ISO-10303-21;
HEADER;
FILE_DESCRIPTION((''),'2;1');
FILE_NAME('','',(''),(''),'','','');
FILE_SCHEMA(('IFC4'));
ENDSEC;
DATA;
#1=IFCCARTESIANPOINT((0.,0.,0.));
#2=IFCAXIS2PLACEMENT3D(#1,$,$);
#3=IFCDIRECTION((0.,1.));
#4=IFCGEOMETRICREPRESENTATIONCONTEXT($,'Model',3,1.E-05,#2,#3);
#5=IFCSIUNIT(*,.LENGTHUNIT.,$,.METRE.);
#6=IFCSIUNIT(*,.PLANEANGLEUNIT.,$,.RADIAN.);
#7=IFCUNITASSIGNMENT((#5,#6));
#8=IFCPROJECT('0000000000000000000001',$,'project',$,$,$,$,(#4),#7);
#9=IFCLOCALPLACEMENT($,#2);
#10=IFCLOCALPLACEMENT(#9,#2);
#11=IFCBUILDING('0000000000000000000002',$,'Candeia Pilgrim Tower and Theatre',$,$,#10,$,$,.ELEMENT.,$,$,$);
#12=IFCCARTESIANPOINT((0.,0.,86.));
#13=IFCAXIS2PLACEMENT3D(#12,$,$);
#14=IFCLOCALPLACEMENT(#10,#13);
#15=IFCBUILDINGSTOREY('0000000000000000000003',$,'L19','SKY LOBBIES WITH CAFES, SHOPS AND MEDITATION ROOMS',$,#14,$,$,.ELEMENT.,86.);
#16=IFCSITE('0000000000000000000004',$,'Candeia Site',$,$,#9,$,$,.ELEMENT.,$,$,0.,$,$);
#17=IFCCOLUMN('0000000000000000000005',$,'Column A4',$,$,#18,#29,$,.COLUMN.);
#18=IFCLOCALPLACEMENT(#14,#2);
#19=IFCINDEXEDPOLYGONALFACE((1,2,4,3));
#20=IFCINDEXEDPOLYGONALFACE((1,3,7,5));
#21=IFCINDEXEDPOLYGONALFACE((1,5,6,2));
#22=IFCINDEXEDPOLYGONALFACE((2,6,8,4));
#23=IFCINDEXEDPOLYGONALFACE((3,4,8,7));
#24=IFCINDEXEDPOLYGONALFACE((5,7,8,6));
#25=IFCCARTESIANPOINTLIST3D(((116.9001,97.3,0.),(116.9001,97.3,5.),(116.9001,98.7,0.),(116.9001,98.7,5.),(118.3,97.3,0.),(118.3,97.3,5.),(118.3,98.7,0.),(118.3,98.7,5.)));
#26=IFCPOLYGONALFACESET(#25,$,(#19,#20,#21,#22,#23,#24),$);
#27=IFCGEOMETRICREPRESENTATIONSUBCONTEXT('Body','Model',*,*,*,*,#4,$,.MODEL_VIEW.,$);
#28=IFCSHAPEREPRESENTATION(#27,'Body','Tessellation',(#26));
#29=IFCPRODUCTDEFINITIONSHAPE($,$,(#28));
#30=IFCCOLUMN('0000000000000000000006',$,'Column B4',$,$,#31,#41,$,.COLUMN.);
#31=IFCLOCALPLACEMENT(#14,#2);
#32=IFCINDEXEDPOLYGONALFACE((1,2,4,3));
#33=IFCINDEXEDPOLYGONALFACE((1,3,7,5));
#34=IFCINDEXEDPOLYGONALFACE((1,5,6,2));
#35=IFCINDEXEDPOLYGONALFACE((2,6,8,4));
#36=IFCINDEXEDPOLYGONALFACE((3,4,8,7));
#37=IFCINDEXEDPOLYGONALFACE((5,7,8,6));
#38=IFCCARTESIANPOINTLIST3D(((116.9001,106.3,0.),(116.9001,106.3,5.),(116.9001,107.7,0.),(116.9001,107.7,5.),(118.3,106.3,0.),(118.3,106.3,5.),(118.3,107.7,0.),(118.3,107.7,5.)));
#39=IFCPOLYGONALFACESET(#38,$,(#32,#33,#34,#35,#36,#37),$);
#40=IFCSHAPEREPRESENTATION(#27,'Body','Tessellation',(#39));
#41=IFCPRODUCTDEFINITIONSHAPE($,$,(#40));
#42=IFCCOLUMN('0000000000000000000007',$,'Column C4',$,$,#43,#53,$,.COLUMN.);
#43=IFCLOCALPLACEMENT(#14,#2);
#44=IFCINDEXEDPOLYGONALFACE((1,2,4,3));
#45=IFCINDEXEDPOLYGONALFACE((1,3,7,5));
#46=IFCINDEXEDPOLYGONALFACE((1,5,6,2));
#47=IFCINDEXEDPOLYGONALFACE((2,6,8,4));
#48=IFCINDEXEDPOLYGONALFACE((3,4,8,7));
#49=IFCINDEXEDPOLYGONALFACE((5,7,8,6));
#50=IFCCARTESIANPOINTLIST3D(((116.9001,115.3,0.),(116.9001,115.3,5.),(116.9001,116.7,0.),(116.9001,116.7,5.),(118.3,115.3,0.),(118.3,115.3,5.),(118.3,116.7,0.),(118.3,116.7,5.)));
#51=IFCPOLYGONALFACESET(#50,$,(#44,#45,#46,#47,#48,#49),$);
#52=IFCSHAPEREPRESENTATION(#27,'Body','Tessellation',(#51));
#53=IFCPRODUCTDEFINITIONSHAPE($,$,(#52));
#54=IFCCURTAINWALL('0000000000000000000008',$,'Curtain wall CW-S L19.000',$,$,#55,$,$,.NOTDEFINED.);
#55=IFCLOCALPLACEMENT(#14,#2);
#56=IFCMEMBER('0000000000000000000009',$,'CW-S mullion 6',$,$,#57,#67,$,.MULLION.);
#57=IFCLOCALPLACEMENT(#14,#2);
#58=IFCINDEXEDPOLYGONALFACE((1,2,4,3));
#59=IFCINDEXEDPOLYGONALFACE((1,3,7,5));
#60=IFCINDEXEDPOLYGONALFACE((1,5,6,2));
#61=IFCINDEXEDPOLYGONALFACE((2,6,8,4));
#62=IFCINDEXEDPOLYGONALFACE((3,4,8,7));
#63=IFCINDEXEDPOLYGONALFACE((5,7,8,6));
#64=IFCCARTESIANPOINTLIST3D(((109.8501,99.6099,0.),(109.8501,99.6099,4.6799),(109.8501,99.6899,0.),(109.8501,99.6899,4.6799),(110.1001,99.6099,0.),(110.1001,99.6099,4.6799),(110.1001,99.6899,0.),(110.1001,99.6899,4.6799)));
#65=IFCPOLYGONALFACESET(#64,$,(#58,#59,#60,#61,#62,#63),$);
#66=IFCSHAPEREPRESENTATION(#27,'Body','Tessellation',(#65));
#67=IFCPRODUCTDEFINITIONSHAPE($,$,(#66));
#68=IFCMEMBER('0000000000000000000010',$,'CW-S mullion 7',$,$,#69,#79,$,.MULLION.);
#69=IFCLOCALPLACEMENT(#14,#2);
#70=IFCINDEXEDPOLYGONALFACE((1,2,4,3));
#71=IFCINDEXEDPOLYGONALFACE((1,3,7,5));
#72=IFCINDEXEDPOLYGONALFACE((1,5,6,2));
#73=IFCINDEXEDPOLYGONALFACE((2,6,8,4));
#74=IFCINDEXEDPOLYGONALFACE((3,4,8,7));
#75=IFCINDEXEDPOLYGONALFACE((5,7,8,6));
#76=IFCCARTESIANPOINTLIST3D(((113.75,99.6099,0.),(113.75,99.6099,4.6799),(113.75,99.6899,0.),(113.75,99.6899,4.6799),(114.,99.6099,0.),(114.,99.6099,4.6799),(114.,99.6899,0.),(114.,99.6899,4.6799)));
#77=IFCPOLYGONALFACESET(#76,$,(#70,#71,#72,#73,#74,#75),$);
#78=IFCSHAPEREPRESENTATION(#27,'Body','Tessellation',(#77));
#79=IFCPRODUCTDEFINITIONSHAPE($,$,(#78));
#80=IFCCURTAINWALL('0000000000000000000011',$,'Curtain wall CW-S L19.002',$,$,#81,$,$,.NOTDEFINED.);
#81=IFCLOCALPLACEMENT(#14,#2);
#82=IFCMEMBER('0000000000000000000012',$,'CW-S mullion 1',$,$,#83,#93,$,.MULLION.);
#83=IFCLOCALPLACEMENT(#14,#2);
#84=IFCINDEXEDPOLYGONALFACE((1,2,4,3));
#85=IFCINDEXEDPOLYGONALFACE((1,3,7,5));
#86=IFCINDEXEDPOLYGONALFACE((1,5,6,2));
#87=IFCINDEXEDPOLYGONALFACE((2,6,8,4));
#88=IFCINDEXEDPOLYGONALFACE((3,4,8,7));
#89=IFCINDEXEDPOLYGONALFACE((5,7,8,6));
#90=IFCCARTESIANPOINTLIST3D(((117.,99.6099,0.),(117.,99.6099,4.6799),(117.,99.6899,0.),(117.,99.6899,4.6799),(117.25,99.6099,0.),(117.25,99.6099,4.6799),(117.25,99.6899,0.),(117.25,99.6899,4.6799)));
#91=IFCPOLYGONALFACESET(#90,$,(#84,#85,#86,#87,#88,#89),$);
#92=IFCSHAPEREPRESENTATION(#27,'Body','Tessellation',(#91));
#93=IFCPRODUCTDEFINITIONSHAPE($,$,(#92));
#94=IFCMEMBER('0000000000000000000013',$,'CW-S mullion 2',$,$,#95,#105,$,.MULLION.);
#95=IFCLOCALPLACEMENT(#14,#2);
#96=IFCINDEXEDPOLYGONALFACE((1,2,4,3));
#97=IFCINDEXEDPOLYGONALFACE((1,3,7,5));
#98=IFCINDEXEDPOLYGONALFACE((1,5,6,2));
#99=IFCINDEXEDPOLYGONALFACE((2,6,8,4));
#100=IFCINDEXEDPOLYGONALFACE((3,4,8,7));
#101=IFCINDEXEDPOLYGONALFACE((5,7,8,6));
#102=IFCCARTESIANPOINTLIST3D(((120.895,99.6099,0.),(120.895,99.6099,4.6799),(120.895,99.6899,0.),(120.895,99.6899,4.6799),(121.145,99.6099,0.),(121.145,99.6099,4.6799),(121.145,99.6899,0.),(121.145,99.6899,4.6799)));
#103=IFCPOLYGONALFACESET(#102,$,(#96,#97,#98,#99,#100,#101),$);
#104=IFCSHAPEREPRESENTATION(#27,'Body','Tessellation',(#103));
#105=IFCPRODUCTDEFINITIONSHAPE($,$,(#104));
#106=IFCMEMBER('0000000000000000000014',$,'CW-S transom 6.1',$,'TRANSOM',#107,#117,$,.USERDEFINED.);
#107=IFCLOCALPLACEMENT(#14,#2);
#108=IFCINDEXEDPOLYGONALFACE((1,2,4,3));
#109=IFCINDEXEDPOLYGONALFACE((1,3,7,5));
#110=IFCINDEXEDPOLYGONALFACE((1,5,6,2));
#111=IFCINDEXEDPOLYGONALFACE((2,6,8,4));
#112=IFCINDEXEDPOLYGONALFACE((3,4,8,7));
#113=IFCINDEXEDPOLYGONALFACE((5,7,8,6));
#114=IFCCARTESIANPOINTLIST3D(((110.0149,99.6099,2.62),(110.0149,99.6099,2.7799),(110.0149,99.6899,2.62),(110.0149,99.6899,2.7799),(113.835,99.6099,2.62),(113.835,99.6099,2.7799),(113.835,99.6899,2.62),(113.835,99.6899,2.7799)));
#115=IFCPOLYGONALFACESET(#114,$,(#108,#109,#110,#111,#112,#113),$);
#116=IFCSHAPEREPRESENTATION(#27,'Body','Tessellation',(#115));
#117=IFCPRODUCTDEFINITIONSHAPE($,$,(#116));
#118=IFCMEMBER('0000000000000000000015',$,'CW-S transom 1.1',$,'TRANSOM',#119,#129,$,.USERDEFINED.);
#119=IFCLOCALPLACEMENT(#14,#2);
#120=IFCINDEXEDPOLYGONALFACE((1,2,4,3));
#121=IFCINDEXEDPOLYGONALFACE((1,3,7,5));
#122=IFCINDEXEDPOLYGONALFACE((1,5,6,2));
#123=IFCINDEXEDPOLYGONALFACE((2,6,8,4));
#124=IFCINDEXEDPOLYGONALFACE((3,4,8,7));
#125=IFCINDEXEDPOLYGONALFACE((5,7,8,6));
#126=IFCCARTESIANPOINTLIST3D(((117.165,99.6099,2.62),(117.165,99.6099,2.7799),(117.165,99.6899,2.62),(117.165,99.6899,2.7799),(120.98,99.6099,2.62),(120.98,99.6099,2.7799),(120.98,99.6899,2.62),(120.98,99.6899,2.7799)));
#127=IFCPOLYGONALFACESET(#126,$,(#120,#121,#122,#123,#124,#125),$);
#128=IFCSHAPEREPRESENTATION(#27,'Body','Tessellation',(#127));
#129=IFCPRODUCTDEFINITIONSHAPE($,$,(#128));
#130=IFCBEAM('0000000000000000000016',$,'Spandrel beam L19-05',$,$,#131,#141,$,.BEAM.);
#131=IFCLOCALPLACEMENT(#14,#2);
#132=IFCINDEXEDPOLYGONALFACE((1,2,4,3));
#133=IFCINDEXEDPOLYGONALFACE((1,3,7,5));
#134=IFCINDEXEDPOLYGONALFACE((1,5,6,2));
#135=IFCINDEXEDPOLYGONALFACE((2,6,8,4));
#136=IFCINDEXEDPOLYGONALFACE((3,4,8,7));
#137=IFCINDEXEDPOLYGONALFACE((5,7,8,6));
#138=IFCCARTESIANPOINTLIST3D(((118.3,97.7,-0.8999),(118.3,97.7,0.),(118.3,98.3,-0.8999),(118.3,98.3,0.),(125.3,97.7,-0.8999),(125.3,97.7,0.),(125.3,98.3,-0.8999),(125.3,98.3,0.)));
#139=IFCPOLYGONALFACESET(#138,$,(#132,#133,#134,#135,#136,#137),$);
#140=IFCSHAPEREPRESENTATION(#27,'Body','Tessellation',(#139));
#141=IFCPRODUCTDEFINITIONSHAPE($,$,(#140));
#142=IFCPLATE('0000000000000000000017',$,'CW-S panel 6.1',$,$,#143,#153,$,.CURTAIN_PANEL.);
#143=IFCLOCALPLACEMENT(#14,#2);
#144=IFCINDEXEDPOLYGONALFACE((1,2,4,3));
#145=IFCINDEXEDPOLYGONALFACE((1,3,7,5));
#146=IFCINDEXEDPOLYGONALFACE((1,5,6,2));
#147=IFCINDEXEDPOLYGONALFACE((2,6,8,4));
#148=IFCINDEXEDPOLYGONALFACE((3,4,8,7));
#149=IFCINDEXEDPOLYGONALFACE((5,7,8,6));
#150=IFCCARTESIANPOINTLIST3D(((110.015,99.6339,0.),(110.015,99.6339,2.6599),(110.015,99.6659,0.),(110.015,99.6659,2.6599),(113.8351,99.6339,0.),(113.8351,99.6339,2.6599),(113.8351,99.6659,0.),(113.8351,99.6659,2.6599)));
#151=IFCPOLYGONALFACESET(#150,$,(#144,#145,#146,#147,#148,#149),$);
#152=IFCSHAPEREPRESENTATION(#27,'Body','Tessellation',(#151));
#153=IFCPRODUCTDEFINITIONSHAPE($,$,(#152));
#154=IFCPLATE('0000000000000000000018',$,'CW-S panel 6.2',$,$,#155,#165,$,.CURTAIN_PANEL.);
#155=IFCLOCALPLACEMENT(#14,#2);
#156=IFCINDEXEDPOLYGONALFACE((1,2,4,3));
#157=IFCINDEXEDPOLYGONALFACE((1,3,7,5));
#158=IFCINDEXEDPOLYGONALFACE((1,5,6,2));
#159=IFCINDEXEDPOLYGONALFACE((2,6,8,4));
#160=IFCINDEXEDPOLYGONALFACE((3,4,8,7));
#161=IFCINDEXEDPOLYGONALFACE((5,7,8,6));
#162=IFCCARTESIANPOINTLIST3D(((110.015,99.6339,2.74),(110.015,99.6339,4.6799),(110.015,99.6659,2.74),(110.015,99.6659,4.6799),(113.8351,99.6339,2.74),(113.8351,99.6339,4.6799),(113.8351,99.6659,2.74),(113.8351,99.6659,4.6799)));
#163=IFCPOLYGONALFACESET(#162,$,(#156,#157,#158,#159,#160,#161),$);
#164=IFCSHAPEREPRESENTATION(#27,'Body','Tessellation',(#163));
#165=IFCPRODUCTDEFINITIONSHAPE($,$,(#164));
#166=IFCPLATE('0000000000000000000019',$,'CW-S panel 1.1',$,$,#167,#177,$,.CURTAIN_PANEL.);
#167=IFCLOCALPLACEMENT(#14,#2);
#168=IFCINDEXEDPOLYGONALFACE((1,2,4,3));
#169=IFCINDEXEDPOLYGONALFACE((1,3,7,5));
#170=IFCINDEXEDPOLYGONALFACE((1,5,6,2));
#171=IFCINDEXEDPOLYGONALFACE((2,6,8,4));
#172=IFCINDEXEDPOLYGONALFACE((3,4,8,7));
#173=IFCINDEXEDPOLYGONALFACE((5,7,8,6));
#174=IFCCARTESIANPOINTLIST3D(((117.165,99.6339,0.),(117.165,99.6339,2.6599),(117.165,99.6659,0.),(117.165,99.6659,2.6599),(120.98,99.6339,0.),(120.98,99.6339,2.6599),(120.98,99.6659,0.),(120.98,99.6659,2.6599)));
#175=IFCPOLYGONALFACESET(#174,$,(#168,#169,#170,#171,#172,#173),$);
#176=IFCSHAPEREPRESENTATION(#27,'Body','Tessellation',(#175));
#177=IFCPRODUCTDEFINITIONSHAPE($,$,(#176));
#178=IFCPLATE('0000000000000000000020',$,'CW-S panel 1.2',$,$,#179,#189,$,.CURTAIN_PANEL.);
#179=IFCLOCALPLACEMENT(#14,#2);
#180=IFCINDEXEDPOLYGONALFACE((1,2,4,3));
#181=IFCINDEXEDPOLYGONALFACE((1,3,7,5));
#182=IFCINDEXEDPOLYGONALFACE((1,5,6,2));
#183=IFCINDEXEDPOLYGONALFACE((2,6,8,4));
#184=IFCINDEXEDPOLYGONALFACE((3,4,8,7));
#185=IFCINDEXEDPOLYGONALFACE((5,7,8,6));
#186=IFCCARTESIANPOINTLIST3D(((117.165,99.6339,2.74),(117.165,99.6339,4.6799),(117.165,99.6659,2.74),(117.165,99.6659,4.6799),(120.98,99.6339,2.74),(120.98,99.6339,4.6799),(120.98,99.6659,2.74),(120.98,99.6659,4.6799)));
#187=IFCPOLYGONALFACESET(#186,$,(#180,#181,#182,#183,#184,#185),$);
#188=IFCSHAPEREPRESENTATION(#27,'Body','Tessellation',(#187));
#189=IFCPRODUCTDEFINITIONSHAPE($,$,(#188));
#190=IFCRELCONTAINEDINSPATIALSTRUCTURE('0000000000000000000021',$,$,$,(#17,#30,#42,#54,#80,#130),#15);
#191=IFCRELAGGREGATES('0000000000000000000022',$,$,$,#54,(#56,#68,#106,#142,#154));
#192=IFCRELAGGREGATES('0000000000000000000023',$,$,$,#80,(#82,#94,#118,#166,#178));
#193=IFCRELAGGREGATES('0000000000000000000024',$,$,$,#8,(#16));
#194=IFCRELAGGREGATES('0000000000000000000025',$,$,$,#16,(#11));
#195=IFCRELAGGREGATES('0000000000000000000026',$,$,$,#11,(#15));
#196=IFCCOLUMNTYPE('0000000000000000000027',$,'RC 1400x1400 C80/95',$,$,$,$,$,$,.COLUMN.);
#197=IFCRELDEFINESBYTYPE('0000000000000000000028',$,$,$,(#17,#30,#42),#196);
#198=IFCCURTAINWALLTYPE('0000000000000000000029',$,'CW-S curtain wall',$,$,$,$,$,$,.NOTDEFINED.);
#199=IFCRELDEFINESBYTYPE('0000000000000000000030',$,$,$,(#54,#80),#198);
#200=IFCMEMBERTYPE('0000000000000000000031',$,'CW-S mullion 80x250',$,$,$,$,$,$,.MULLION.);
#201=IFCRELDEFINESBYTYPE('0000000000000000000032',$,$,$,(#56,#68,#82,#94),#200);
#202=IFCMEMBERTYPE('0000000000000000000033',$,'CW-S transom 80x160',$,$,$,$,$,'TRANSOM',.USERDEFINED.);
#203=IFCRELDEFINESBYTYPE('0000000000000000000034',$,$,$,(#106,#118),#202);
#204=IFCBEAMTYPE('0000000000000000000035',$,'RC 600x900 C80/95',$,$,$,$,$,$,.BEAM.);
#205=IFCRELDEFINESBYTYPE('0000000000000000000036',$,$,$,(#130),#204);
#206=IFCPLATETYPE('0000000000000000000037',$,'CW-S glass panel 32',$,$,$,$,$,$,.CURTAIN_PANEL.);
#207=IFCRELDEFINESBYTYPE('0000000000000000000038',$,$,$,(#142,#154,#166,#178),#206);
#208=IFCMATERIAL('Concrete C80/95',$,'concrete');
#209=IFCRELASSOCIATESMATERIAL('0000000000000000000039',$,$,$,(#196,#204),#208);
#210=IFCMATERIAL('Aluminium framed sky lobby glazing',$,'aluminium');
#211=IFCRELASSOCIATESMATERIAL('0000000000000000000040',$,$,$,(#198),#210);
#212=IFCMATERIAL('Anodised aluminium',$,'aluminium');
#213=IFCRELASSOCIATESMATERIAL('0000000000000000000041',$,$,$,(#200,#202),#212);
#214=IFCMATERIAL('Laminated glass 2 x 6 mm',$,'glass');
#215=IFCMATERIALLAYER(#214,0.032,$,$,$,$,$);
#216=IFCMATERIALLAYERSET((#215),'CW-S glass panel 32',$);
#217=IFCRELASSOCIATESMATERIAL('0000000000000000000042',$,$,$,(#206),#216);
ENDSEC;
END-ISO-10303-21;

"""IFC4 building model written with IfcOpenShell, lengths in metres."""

from ifc_helpers import new_model, si_unit, direction, frame, origin, origin_2d, place, context, subcontext, project, spatial, rectangle, extrude, material, layer, layer_set, material_profile, profile_set, type_object, element, aggregate, save


model = new_model("IFC4")

# Units and contexts
model_context = context("Model", 3, precision=1e-05, world=origin(), true_north=direction((0.0, 1.0)))
body_context = subcontext(model_context, "Body", "Model", "MODEL_VIEW")
ifc_project = project(units=[si_unit("LENGTHUNIT", "METRE"), si_unit("PLANEANGLEUNIT", "RADIAN")], contexts=[model_context])

# Site, building, storey
site_placement = place(None, origin())
site = spatial("IfcSite", under=ifc_project, at=site_placement, Name="Candeia Site", CompositionType="ELEMENT", RefElevation=0.0)
building_placement = place(site_placement, origin())
building = spatial("IfcBuilding", under=site, at=building_placement, Name="Candeia Pilgrim Tower and Theatre", CompositionType="ELEMENT")
storey_placement = place(building_placement, frame((0.0, 0.0, 86.0)))
storey = spatial("IfcBuildingStorey", under=building, at=storey_placement, Name="L19", Description="SKY LOBBIES WITH CAFES, SHOPS AND MEDITATION ROOMS", CompositionType="ELEMENT", Elevation=86.0)

# Columns
ifc_material_1 = material(Name="Concrete C80/95", Category="concrete")
ifc_material_profile_1 = material_profile(ifc_material_1, rectangle(XDim=1.3999, YDim=1.3999, at=origin_2d()))
ifc_profile_set_1 = profile_set([ifc_material_profile_1], Name="Concrete C80/95")
column_type = type_object("IfcColumnType", Name="RC 1400x1400 C80/95", PredefinedType="COLUMN", material=ifc_profile_set_1)
for number, where, z_axis, x_axis, name in (
    (1, (117.6001, 98.0, 0.0), (0.0, 0.0, 1.0), (1.0, 0.0, 0.0), "Column A4"),
    (2, (117.6001, 107.0, 0.0), (0.0, 0.0, 1.0), (1.0, 0.0, 0.0), "Column B4"),
    (3, (117.6001, 116.0, 0.0), (0.0, 0.0, 1.0), (1.0, 0.0, 0.0), "Column C4"),
):
    element("IfcColumn", number, at=place(storey_placement, frame(where, z_axis=z_axis, x_axis=x_axis)), inside=storey, type_object=column_type, Name=name, PredefinedType="COLUMN", context=body_context, shape_type="SweptSolid", body=[
        extrude(rectangle(XDim=1.3999, YDim=1.3999, at=origin_2d()), origin(), (0.0, 0.0, 1.0), 5.0),
    ])

# Curtain walls, members
ifc_material_2 = material(Name="Aluminium framed sky lobby glazing", Category="aluminium")
curtain_wall_type = type_object("IfcCurtainWallType", Name="CW-S curtain wall", PredefinedType="NOTDEFINED", material=ifc_material_2)
curtain_wall_1_placement = place(storey_placement, origin())
curtain_wall_1 = element("IfcCurtainWall", 4, at=curtain_wall_1_placement, inside=storey, type_object=curtain_wall_type, Name="Curtain wall CW-S L19.000", PredefinedType="NOTDEFINED")
ifc_material_3 = material(Name="Anodised aluminium", Category="aluminium")
ifc_material_profile_2 = material_profile(ifc_material_3, rectangle(XDim=0.0801, YDim=0.25, at=origin_2d()))
ifc_profile_set_2 = profile_set([ifc_material_profile_2], Name="Anodised aluminium")
member_type_1 = type_object("IfcMemberType", Name="CW-S mullion 80x250", PredefinedType="MULLION", material=ifc_profile_set_2)
member_1_placement = place(storey_placement, frame((109.9751, 99.6499, 0.0), z_axis=(0.0, 0.0, 1.0), x_axis=(0.0, 1.0, 0.0)))
member_1 = element("IfcMember", 5, at=member_1_placement, type_object=member_type_1, Name="CW-S mullion 6", PredefinedType="MULLION", context=body_context, shape_type="SweptSolid", body=[
    extrude(rectangle(XDim=0.0801, YDim=0.25, at=origin_2d()), origin(), (0.0, 0.0, 1.0), 4.6799),
])
member_2_placement = place(storey_placement, frame((113.875, 99.6499, 0.0), z_axis=(0.0, 0.0, 1.0), x_axis=(0.0, 1.0, 0.0)))
member_2 = element("IfcMember", 6, at=member_2_placement, type_object=member_type_1, Name="CW-S mullion 7", PredefinedType="MULLION", context=body_context, shape_type="SweptSolid", body=[
    extrude(rectangle(XDim=0.0801, YDim=0.25, at=origin_2d()), origin(), (0.0, 0.0, 1.0), 4.6799),
])
curtain_wall_2_placement = place(storey_placement, origin())
curtain_wall_2 = element("IfcCurtainWall", 7, at=curtain_wall_2_placement, inside=storey, type_object=curtain_wall_type, Name="Curtain wall CW-S L19.002", PredefinedType="NOTDEFINED")
member_3_placement = place(storey_placement, frame((117.125, 99.6499, 0.0), z_axis=(0.0, 0.0, 1.0), x_axis=(0.0, 1.0, 0.0)))
member_3 = element("IfcMember", 8, at=member_3_placement, type_object=member_type_1, Name="CW-S mullion 1", PredefinedType="MULLION", context=body_context, shape_type="SweptSolid", body=[
    extrude(rectangle(XDim=0.0801, YDim=0.25, at=origin_2d()), origin(), (0.0, 0.0, 1.0), 4.6799),
])
member_4_placement = place(storey_placement, frame((121.02, 99.6499, 0.0), z_axis=(0.0, 0.0, 1.0), x_axis=(0.0, 1.0, 0.0)))
member_4 = element("IfcMember", 9, at=member_4_placement, type_object=member_type_1, Name="CW-S mullion 2", PredefinedType="MULLION", context=body_context, shape_type="SweptSolid", body=[
    extrude(rectangle(XDim=0.0801, YDim=0.25, at=origin_2d()), origin(), (0.0, 0.0, 1.0), 4.6799),
])

# Members
ifc_material_profile_3 = material_profile(ifc_material_3, rectangle(XDim=0.0801, YDim=0.1599, at=origin_2d()))
ifc_profile_set_3 = profile_set([ifc_material_profile_3], Name="Anodised aluminium")
member_type_2 = type_object("IfcMemberType", Name="CW-S transom 80x160", ElementType="TRANSOM", PredefinedType="USERDEFINED", material=ifc_profile_set_3)
member_5_placement = place(storey_placement, frame((110.0149, 99.6499, 2.7), z_axis=(1.0, 0.0, 0.0), x_axis=(0.0, 1.0, 0.0)))
member_5 = element("IfcMember", 10, at=member_5_placement, type_object=member_type_2, Name="CW-S transom 6.1", ObjectType="TRANSOM", PredefinedType="USERDEFINED", context=body_context, shape_type="SweptSolid", body=[
    extrude(rectangle(XDim=0.0801, YDim=0.1599, at=origin_2d()), origin(), (0.0, 0.0, 1.0), 3.8201),
])
member_6_placement = place(storey_placement, frame((117.165, 99.6499, 2.7), z_axis=(1.0, 0.0, 0.0), x_axis=(0.0, 1.0, 0.0)))
member_6 = element("IfcMember", 11, at=member_6_placement, type_object=member_type_2, Name="CW-S transom 1.1", ObjectType="TRANSOM", PredefinedType="USERDEFINED", context=body_context, shape_type="SweptSolid", body=[
    extrude(rectangle(XDim=0.0801, YDim=0.1599, at=origin_2d()), origin(), (0.0, 0.0, 1.0), 3.8149),
])

# Beam
ifc_material_profile_4 = material_profile(ifc_material_1, rectangle(XDim=0.6001, YDim=0.8999, at=origin_2d()))
ifc_profile_set_4 = profile_set([ifc_material_profile_4], Name="Concrete C80/95")
beam_type = type_object("IfcBeamType", Name="RC 600x900 C80/95", PredefinedType="BEAM", material=ifc_profile_set_4)
beam_placement = place(storey_placement, frame((118.3, 98.0, -0.45), z_axis=(1.0, 0.0, 0.0), x_axis=(0.0, 1.0, 0.0)))
element("IfcBeam", 12, at=beam_placement, inside=storey, type_object=beam_type, Name="Spandrel beam L19-05", PredefinedType="BEAM", context=body_context, shape_type="SweptSolid", body=[
    extrude(rectangle(XDim=0.6001, YDim=0.8999, at=origin_2d()), origin(), (0.0, 0.0, 1.0), 7.0),
])

# Plates
ifc_material_4 = material(Name="Laminated glass 2 x 6 mm", Category="glass")
ifc_layer_1 = layer(ifc_material_4, 0.032)
ifc_layer_set_1 = layer_set([ifc_layer_1], Name="CW-S glass panel 32")
plate_type = type_object("IfcPlateType", Name="CW-S glass panel 32", PredefinedType="CURTAIN_PANEL", material=ifc_layer_set_1)
plate_1_placement = place(storey_placement, frame((111.925, 99.6499, 0.0), z_axis=(0.0, 0.0, 1.0), x_axis=(1.0, 0.0, 0.0)))
plate_1 = element("IfcPlate", 13, at=plate_1_placement, type_object=plate_type, Name="CW-S panel 6.1", PredefinedType="CURTAIN_PANEL", context=body_context, shape_type="SweptSolid", body=[
    extrude(rectangle(XDim=3.8201, YDim=0.032, at=origin_2d()), origin(), (0.0, 0.0, 1.0), 2.6599),
])
plate_2_placement = place(storey_placement, frame((111.925, 99.6499, 2.74), z_axis=(0.0, 0.0, 1.0), x_axis=(1.0, 0.0, 0.0)))
plate_2 = element("IfcPlate", 14, at=plate_2_placement, type_object=plate_type, Name="CW-S panel 6.2", PredefinedType="CURTAIN_PANEL", context=body_context, shape_type="SweptSolid", body=[
    extrude(rectangle(XDim=3.8201, YDim=0.032, at=origin_2d()), origin(), (0.0, 0.0, 1.0), 1.9399),
])
aggregate(curtain_wall_1, [member_1, member_2, member_5, plate_1, plate_2])
plate_3_placement = place(storey_placement, frame((119.0725, 99.6499, 0.0), z_axis=(0.0, 0.0, 1.0), x_axis=(1.0, 0.0, 0.0)))
plate_3 = element("IfcPlate", 15, at=plate_3_placement, type_object=plate_type, Name="CW-S panel 1.1", PredefinedType="CURTAIN_PANEL", context=body_context, shape_type="SweptSolid", body=[
    extrude(rectangle(XDim=3.8149, YDim=0.032, at=origin_2d()), origin(), (0.0, 0.0, 1.0), 2.6599),
])
plate_4_placement = place(storey_placement, frame((119.0725, 99.6499, 2.74), z_axis=(0.0, 0.0, 1.0), x_axis=(1.0, 0.0, 0.0)))
plate_4 = element("IfcPlate", 16, at=plate_4_placement, type_object=plate_type, Name="CW-S panel 1.2", PredefinedType="CURTAIN_PANEL", context=body_context, shape_type="SweptSolid", body=[
    extrude(rectangle(XDim=3.8149, YDim=0.032, at=origin_2d()), origin(), (0.0, 0.0, 1.0), 1.9399),
])
aggregate(curtain_wall_2, [member_3, member_4, member_6, plate_3, plate_4])

save(model, "model.ifc")
